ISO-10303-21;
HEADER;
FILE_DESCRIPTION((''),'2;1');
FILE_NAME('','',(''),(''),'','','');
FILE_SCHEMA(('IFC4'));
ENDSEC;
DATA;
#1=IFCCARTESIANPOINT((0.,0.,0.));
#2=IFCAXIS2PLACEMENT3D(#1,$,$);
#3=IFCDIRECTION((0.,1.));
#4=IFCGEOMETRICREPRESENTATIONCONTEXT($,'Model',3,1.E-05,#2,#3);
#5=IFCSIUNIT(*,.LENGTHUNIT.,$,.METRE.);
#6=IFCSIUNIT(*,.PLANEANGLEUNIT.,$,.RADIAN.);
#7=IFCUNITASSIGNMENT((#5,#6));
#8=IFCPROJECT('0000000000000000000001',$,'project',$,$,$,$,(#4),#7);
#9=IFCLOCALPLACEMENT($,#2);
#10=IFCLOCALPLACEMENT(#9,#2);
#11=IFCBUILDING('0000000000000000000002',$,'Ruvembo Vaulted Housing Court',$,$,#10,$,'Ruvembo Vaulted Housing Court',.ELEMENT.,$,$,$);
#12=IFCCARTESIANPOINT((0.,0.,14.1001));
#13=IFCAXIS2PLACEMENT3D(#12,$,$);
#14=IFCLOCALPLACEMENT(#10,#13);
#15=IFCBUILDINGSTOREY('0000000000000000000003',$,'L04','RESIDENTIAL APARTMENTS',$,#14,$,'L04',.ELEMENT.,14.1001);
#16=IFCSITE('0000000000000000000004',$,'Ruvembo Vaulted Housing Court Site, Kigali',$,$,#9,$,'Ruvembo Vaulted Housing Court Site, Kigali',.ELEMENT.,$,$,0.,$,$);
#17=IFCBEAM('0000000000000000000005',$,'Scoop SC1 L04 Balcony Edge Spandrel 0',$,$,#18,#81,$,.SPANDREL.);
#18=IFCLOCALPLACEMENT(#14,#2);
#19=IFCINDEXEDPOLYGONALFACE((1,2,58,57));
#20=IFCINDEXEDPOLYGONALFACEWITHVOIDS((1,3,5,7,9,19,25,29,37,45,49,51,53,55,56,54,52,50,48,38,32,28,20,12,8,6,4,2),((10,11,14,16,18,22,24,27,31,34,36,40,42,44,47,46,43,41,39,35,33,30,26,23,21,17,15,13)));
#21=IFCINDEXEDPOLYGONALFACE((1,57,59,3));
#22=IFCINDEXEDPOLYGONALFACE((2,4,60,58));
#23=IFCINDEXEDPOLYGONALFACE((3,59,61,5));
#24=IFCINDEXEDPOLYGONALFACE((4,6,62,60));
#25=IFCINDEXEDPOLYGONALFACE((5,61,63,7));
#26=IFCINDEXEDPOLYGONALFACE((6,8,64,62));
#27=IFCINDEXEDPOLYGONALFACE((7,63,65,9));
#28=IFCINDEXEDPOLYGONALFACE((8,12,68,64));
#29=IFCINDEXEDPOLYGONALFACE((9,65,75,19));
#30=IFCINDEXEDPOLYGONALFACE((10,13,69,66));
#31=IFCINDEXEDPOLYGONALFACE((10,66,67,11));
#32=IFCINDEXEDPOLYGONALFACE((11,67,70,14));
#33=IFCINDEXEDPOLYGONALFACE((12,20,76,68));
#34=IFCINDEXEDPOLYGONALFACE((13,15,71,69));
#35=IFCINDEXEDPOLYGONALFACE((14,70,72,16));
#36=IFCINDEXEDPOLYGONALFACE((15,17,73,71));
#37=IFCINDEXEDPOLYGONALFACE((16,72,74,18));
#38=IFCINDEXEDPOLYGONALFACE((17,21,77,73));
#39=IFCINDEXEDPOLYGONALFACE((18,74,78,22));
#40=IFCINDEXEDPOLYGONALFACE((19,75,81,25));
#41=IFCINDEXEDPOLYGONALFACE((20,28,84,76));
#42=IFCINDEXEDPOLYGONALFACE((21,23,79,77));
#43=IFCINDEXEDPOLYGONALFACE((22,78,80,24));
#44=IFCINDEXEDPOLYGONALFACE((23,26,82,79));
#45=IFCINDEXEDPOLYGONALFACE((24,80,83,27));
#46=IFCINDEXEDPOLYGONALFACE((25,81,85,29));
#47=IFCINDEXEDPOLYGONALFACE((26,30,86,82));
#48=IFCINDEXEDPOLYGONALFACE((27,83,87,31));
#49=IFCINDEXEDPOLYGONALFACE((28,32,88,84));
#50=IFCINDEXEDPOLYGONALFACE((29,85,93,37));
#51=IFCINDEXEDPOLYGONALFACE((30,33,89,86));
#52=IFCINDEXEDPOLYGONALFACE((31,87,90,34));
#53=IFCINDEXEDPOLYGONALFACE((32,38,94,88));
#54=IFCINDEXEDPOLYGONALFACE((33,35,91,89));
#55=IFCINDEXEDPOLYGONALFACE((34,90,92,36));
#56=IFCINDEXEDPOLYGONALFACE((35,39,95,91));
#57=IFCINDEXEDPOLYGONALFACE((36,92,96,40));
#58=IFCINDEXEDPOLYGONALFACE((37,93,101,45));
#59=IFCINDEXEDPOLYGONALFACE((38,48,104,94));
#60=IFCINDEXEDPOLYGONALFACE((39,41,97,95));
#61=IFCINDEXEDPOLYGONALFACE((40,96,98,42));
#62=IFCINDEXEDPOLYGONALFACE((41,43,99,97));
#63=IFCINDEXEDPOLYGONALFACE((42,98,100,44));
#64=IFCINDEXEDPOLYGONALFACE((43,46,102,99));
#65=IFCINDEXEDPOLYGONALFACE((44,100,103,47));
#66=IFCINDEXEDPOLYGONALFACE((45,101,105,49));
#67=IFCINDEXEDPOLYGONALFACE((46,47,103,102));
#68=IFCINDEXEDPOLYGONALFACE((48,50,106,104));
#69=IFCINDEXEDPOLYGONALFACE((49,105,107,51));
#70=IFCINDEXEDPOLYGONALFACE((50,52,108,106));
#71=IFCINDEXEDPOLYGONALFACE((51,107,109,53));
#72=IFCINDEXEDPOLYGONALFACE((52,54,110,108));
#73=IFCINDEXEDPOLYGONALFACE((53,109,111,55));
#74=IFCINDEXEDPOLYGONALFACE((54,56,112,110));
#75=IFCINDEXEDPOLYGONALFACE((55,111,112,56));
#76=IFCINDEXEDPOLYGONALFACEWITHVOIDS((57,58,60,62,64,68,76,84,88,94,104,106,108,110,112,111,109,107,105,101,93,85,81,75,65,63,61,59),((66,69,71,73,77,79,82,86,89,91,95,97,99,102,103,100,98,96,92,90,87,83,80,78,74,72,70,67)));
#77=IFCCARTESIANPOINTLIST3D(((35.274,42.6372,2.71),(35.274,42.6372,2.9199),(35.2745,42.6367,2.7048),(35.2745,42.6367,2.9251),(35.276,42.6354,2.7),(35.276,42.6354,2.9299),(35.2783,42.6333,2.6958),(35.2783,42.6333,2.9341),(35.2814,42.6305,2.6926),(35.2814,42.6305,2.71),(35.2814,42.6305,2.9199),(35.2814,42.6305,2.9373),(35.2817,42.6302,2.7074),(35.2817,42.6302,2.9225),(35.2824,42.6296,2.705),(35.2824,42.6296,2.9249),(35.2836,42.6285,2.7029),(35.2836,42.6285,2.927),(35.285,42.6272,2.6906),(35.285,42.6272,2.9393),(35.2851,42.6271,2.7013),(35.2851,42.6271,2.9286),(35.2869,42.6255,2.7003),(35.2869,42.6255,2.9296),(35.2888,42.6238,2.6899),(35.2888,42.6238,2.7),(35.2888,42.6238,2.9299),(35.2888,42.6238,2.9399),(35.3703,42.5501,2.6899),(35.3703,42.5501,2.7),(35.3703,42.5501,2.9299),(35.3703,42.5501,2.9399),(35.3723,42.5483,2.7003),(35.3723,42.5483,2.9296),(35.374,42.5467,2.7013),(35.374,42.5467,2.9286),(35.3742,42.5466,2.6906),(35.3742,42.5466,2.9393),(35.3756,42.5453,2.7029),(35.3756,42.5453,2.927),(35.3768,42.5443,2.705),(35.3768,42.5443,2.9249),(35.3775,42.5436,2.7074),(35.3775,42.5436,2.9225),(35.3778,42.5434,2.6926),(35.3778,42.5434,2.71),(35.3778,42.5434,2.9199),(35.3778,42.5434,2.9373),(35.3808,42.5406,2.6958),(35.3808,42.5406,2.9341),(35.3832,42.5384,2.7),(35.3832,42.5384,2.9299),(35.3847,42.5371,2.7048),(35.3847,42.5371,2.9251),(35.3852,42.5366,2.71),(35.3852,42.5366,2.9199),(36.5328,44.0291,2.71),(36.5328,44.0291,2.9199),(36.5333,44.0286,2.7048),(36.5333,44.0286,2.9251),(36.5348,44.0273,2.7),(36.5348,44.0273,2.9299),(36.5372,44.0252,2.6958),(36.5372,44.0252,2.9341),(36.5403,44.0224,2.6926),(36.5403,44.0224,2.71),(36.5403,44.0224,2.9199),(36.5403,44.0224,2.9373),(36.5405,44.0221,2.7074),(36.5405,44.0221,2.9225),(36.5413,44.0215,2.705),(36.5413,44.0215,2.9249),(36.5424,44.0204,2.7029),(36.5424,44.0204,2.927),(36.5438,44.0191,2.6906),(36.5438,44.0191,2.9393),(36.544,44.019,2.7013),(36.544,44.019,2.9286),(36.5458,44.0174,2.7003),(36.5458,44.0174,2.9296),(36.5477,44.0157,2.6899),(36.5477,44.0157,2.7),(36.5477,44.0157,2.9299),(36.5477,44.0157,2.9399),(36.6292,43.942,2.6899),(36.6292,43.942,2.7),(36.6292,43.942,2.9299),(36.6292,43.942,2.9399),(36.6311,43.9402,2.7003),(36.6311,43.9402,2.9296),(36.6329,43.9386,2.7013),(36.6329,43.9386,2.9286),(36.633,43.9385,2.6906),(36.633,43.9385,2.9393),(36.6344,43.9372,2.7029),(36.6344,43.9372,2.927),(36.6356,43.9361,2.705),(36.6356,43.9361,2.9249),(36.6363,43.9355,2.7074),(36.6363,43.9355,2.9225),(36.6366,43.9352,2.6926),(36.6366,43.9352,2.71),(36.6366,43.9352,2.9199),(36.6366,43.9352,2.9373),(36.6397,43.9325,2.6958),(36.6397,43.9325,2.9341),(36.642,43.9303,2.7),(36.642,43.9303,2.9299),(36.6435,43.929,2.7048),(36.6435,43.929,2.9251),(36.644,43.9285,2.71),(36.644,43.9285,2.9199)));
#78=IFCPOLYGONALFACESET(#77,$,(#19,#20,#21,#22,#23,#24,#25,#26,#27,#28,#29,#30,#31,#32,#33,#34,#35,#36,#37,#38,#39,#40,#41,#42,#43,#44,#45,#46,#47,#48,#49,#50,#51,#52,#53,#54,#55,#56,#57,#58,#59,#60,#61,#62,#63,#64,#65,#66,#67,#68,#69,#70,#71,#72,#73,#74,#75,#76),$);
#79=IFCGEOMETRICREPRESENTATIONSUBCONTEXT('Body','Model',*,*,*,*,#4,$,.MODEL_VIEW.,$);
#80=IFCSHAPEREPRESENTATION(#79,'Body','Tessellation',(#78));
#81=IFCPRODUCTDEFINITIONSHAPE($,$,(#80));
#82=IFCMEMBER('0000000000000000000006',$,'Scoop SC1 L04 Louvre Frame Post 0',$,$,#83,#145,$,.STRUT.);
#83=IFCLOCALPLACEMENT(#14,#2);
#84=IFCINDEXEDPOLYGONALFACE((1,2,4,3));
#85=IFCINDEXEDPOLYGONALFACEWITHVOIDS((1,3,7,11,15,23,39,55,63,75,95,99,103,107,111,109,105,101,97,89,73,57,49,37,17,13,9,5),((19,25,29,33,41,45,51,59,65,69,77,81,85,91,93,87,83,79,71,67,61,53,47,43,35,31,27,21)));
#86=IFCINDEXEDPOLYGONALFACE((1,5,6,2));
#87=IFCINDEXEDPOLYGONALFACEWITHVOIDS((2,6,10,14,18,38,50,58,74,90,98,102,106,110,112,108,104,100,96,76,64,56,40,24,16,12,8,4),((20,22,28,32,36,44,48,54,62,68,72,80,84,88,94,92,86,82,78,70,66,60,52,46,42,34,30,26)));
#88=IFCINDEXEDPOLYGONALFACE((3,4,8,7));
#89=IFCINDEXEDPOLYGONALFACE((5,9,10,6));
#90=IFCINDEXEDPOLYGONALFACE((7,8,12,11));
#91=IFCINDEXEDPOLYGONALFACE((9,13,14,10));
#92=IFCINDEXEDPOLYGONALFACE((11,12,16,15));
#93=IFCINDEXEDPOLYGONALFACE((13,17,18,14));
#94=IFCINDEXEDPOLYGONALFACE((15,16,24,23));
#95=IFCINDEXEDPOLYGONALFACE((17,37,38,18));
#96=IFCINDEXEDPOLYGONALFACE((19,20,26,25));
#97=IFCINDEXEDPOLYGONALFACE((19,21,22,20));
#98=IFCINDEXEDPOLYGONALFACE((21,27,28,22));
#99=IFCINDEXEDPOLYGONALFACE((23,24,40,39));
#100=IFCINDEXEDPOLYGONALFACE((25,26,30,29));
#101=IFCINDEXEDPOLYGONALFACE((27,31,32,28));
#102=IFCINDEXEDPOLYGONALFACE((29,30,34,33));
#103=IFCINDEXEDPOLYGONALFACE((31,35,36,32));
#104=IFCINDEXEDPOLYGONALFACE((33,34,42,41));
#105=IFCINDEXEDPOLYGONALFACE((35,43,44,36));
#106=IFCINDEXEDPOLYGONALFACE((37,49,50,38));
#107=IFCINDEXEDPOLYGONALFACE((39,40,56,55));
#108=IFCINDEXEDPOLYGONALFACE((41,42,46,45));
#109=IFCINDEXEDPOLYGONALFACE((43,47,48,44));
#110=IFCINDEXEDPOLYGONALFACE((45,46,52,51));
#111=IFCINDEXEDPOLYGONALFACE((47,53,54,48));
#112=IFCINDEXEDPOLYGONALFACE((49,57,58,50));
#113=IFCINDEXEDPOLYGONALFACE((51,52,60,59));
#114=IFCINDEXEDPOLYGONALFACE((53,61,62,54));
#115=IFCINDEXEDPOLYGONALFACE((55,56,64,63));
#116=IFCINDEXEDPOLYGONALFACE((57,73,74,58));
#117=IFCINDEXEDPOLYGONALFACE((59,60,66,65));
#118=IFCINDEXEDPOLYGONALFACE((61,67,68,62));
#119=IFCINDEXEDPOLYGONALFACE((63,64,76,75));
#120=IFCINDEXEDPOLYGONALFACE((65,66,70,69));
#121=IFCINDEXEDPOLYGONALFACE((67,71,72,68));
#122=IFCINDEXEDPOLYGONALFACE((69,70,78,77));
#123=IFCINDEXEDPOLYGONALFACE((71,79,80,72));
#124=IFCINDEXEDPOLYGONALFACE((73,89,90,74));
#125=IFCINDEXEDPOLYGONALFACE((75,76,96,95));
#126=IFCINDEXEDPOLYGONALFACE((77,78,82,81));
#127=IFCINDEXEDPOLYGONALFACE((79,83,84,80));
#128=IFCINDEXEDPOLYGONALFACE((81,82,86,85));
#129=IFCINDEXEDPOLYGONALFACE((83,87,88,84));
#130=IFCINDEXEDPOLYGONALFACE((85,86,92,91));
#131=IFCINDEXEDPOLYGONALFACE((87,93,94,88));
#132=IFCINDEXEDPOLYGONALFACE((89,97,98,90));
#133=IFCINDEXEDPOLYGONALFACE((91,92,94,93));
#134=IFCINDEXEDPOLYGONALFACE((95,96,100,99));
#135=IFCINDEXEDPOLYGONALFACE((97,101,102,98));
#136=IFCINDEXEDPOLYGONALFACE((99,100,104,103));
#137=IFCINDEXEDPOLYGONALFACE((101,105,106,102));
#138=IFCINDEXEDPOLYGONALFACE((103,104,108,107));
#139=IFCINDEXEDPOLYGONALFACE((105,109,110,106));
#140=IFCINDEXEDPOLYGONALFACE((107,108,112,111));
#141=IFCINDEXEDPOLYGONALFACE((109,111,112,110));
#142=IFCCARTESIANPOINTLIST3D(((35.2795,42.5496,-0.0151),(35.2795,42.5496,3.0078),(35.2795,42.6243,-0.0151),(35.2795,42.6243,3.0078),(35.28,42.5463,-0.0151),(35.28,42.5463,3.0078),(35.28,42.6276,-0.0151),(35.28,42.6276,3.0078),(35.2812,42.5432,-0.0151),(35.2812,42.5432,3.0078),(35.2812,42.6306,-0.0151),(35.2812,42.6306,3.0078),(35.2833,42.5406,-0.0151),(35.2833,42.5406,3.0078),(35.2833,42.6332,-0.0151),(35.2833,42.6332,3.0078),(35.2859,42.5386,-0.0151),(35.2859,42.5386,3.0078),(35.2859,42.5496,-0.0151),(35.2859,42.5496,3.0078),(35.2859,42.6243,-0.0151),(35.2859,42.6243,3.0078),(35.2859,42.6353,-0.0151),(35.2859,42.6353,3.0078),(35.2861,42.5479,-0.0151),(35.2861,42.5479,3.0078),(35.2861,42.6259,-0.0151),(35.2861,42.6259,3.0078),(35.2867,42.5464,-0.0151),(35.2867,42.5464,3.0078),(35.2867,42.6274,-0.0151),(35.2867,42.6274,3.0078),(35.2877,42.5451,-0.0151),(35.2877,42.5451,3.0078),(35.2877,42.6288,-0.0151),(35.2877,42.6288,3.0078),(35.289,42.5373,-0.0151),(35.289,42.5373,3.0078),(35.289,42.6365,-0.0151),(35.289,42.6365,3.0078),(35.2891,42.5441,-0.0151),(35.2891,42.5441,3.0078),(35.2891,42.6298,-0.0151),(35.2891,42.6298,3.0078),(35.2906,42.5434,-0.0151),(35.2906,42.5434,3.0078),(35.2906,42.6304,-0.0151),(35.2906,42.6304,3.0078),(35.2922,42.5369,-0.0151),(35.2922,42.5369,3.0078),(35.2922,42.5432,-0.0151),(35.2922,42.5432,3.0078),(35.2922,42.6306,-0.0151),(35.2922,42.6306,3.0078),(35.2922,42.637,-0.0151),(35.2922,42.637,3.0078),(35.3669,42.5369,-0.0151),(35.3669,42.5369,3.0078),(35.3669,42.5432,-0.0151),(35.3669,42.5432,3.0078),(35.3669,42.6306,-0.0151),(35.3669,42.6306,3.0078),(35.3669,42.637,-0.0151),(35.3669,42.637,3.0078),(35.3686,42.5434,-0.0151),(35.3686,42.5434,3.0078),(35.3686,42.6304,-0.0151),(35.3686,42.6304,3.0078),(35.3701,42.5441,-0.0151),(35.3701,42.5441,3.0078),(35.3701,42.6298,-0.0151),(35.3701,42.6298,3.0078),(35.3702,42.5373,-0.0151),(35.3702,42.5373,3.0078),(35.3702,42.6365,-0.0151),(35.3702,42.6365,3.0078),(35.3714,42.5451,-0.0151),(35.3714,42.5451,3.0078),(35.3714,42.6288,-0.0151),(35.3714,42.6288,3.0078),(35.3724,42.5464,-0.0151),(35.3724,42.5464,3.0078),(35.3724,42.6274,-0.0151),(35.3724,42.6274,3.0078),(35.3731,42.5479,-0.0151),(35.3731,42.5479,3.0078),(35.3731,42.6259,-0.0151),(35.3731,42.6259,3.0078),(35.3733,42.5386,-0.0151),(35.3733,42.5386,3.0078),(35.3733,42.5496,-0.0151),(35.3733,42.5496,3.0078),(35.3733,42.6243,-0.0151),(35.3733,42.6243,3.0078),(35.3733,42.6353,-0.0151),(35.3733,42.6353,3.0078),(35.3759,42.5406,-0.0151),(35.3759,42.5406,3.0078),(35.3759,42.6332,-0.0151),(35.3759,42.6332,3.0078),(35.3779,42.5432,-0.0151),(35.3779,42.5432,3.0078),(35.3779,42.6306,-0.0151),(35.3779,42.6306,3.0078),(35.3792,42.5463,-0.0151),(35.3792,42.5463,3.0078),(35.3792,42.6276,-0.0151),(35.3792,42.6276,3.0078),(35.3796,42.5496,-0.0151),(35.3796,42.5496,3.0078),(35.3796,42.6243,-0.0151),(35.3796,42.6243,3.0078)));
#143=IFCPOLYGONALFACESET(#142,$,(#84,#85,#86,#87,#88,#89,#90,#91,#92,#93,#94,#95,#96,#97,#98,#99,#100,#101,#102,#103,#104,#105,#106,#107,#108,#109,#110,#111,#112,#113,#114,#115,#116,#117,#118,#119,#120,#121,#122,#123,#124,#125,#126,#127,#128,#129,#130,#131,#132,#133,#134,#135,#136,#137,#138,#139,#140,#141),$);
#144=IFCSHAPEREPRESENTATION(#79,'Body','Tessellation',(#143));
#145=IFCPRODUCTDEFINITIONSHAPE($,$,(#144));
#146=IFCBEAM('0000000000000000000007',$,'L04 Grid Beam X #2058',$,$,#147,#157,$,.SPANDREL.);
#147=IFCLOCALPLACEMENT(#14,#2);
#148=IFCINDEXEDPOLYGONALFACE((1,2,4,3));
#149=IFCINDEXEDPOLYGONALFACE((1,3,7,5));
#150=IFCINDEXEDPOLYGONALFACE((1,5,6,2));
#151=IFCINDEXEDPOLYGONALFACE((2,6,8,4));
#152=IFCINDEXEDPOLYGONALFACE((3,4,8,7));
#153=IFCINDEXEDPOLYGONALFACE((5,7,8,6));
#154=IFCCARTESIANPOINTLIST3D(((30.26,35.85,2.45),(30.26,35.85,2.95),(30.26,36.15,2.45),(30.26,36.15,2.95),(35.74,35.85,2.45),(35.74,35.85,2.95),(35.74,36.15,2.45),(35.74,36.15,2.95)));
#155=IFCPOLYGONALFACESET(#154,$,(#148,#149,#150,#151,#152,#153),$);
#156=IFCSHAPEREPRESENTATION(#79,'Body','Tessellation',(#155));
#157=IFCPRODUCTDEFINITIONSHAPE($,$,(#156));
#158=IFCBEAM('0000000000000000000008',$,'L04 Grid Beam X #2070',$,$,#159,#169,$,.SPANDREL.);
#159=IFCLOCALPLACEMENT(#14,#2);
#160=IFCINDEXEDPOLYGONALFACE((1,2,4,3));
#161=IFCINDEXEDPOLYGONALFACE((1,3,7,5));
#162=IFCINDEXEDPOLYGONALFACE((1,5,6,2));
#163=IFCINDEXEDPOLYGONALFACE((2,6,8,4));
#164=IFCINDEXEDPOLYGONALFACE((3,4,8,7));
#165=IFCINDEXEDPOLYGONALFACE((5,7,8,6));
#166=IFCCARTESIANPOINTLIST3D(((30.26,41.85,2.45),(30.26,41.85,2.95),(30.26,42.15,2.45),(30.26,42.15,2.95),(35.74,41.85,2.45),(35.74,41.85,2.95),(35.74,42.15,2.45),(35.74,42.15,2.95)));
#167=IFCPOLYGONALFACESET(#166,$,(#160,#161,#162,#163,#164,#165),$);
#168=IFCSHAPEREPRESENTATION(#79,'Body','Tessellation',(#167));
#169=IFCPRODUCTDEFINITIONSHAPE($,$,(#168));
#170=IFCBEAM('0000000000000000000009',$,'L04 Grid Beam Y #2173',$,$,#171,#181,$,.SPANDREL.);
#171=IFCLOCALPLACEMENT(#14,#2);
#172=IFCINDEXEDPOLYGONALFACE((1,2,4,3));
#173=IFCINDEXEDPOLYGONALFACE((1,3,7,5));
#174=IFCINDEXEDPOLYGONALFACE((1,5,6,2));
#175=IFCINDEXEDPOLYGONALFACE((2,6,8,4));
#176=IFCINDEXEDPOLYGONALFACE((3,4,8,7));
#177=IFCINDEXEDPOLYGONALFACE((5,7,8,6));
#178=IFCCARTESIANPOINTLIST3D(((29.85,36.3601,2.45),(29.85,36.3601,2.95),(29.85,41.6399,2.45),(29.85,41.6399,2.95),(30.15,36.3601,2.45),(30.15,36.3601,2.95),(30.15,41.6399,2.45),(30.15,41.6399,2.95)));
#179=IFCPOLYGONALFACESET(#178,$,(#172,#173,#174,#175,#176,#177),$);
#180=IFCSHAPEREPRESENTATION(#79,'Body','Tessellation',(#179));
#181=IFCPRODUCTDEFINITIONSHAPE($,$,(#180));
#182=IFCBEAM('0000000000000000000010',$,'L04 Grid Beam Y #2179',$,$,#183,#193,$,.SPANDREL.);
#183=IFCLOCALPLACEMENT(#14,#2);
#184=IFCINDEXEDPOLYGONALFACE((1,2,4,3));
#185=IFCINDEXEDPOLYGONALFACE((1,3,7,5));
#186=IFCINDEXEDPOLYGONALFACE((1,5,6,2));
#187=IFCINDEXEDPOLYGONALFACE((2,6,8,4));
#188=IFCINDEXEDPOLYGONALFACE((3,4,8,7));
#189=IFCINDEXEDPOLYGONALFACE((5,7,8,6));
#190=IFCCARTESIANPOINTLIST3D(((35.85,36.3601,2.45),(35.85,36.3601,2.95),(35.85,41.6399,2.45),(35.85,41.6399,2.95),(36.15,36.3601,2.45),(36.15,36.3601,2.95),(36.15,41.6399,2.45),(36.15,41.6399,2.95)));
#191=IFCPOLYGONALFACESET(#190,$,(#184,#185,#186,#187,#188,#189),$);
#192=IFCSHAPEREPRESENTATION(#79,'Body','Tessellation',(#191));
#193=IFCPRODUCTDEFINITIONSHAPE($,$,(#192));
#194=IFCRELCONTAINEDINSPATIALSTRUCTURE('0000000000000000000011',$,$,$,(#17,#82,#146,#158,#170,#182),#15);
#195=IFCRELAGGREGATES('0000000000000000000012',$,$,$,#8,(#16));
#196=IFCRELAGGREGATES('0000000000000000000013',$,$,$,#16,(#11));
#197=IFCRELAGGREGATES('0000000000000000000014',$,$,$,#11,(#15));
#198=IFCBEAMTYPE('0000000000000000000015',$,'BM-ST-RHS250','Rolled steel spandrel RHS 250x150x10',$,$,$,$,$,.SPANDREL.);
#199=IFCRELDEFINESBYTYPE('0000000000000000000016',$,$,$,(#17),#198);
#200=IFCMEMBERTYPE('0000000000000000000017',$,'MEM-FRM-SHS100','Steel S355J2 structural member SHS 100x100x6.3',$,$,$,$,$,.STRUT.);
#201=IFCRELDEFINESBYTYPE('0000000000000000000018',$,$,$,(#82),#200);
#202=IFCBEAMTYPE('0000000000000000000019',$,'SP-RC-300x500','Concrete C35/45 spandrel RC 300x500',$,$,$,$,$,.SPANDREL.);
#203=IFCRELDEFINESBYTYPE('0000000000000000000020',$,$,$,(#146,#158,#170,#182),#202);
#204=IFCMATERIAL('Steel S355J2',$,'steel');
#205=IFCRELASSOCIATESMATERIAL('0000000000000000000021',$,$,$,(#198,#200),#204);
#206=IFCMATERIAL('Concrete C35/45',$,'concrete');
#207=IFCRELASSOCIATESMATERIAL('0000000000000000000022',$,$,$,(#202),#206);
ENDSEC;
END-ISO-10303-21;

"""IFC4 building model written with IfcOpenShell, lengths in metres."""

from ifc_helpers import new_model, si_unit, direction, frame, origin, origin_2d, place, context, subcontext, project, spatial, rectangle, hollow_rectangle, extrude, material, material_profile, profile_set, type_object, element, save


model = new_model("IFC4")

# Units and contexts
model_context = context("Model", 3, precision=1e-05, world=origin(), true_north=direction((0.0, 1.0)))
body_context = subcontext(model_context, "Body", "Model", "MODEL_VIEW")
ifc_project = project(units=[si_unit("LENGTHUNIT", "METRE"), si_unit("PLANEANGLEUNIT", "RADIAN")], contexts=[model_context])

# Site, building, storey
site_placement = place(None, origin())
site = spatial("IfcSite", under=ifc_project, at=site_placement, Name="Ruvembo Vaulted Housing Court Site, Kigali", LongName="Ruvembo Vaulted Housing Court Site, Kigali", CompositionType="ELEMENT", RefElevation=0.0)
building_placement = place(site_placement, origin())
building = spatial("IfcBuilding", under=site, at=building_placement, Name="Ruvembo Vaulted Housing Court", LongName="Ruvembo Vaulted Housing Court", CompositionType="ELEMENT")
storey_placement = place(building_placement, frame((0.0, 0.0, 14.1001)))
storey = spatial("IfcBuildingStorey", under=building, at=storey_placement, Name="L04", Description="RESIDENTIAL APARTMENTS", LongName="L04", CompositionType="ELEMENT", Elevation=14.1001)

# Shared definitions
ifc_material_1 = material(Name="Concrete C35/45", Category="concrete")

# Beam
ifc_material_2 = material(Name="Steel S355J2", Category="steel")
ifc_material_profile_1 = material_profile(ifc_material_2, hollow_rectangle(XDim=0.1499, YDim=0.25, WallThickness=0.01, InnerFilletRadius=0.01, OuterFilletRadius=0.02, at=origin_2d()), Name="RHS 250x150x10")
ifc_profile_set_1 = profile_set([ifc_material_profile_1], Name="Steel S355J2")
beam_type_1 = type_object("IfcBeamType", Name="BM-ST-RHS250", Description="Rolled steel spandrel RHS 250x150x10", PredefinedType="SPANDREL", material=ifc_profile_set_1)
beam_1_placement = place(storey_placement, frame((35.3296, 42.5869, 2.8149), z_axis=(0.670767, 0.741668, 0.0), x_axis=(-0.741668, 0.670767, 0.0)))
element("IfcBeam", 1, at=beam_1_placement, inside=storey, type_object=beam_type_1, Name="Scoop SC1 L04 Balcony Edge Spandrel 0", PredefinedType="SPANDREL", context=body_context, shape_type="SweptSolid", body=[
    extrude(hollow_rectangle(XDim=0.1499, YDim=0.25, WallThickness=0.01, InnerFilletRadius=0.01, OuterFilletRadius=0.02, at=origin_2d()), origin(), (0.0, 0.0, 1.0), 1.8767),
])

# Member
ifc_material_profile_2 = material_profile(ifc_material_2, hollow_rectangle(XDim=0.1001, YDim=0.1001, WallThickness=0.0063, InnerFilletRadius=0.0063, OuterFilletRadius=0.0127, at=origin_2d()), Name="SHS 100x100x6.3")
ifc_profile_set_2 = profile_set([ifc_material_profile_2], Name="Steel S355J2")
member_type = type_object("IfcMemberType", Name="MEM-FRM-SHS100", Description="Steel S355J2 structural member SHS 100x100x6.3", PredefinedType="STRUT", material=ifc_profile_set_2)
member_placement = place(storey_placement, frame((35.3296, 42.5869, -0.0151), z_axis=(0.0, 0.0, 1.0), x_axis=(1.0, 0.0, 0.0)))
element("IfcMember", 2, at=member_placement, inside=storey, type_object=member_type, Name="Scoop SC1 L04 Louvre Frame Post 0", PredefinedType="STRUT", context=body_context, shape_type="SweptSolid", body=[
    extrude(hollow_rectangle(XDim=0.1001, YDim=0.1001, WallThickness=0.0063, InnerFilletRadius=0.0063, OuterFilletRadius=0.0127, at=origin_2d()), origin(), (0.0, 0.0, 1.0), 3.0229),
])

# Beams
ifc_material_profile_3 = material_profile(ifc_material_1, rectangle(XDim=0.3, YDim=0.5, at=origin_2d()), Name="RC 300x500")
ifc_profile_set_3 = profile_set([ifc_material_profile_3], Name="Concrete C35/45")
beam_type_2 = type_object("IfcBeamType", Name="SP-RC-300x500", Description="Concrete C35/45 spandrel RC 300x500", PredefinedType="SPANDREL", material=ifc_profile_set_3)
for number, where, z_axis, x_axis, name in (
    (3, (30.26, 36.0, 2.7), (1.0, 0.0, 0.0), (0.0, 1.0, 0.0), "L04 Grid Beam X #2058"),
    (4, (30.26, 42.0, 2.7), (1.0, 0.0, 0.0), (0.0, 1.0, 0.0), "L04 Grid Beam X #2070"),
):
    element("IfcBeam", number, at=place(storey_placement, frame(where, z_axis=z_axis, x_axis=x_axis)), inside=storey, type_object=beam_type_2, Name=name, PredefinedType="SPANDREL", context=body_context, shape_type="SweptSolid", body=[
        extrude(rectangle(XDim=0.3, YDim=0.5, at=origin_2d()), origin(), (0.0, 0.0, 1.0), 5.48),
    ])
for number, where, z_axis, x_axis, name in (
    (5, (30.0, 36.3601, 2.7), (0.0, 1.0, 0.0), (-1.0, 0.0, 0.0), "L04 Grid Beam Y #2173"),
    (6, (36.0, 36.3601, 2.7), (0.0, 1.0, 0.0), (-1.0, 0.0, 0.0), "L04 Grid Beam Y #2179"),
):
    element("IfcBeam", number, at=place(storey_placement, frame(where, z_axis=z_axis, x_axis=x_axis)), inside=storey, type_object=beam_type_2, Name=name, PredefinedType="SPANDREL", context=body_context, shape_type="SweptSolid", body=[
        extrude(rectangle(XDim=0.3, YDim=0.5, at=origin_2d()), origin(), (0.0, 0.0, 1.0), 5.2798),
    ])

save(model, "model.ifc")
